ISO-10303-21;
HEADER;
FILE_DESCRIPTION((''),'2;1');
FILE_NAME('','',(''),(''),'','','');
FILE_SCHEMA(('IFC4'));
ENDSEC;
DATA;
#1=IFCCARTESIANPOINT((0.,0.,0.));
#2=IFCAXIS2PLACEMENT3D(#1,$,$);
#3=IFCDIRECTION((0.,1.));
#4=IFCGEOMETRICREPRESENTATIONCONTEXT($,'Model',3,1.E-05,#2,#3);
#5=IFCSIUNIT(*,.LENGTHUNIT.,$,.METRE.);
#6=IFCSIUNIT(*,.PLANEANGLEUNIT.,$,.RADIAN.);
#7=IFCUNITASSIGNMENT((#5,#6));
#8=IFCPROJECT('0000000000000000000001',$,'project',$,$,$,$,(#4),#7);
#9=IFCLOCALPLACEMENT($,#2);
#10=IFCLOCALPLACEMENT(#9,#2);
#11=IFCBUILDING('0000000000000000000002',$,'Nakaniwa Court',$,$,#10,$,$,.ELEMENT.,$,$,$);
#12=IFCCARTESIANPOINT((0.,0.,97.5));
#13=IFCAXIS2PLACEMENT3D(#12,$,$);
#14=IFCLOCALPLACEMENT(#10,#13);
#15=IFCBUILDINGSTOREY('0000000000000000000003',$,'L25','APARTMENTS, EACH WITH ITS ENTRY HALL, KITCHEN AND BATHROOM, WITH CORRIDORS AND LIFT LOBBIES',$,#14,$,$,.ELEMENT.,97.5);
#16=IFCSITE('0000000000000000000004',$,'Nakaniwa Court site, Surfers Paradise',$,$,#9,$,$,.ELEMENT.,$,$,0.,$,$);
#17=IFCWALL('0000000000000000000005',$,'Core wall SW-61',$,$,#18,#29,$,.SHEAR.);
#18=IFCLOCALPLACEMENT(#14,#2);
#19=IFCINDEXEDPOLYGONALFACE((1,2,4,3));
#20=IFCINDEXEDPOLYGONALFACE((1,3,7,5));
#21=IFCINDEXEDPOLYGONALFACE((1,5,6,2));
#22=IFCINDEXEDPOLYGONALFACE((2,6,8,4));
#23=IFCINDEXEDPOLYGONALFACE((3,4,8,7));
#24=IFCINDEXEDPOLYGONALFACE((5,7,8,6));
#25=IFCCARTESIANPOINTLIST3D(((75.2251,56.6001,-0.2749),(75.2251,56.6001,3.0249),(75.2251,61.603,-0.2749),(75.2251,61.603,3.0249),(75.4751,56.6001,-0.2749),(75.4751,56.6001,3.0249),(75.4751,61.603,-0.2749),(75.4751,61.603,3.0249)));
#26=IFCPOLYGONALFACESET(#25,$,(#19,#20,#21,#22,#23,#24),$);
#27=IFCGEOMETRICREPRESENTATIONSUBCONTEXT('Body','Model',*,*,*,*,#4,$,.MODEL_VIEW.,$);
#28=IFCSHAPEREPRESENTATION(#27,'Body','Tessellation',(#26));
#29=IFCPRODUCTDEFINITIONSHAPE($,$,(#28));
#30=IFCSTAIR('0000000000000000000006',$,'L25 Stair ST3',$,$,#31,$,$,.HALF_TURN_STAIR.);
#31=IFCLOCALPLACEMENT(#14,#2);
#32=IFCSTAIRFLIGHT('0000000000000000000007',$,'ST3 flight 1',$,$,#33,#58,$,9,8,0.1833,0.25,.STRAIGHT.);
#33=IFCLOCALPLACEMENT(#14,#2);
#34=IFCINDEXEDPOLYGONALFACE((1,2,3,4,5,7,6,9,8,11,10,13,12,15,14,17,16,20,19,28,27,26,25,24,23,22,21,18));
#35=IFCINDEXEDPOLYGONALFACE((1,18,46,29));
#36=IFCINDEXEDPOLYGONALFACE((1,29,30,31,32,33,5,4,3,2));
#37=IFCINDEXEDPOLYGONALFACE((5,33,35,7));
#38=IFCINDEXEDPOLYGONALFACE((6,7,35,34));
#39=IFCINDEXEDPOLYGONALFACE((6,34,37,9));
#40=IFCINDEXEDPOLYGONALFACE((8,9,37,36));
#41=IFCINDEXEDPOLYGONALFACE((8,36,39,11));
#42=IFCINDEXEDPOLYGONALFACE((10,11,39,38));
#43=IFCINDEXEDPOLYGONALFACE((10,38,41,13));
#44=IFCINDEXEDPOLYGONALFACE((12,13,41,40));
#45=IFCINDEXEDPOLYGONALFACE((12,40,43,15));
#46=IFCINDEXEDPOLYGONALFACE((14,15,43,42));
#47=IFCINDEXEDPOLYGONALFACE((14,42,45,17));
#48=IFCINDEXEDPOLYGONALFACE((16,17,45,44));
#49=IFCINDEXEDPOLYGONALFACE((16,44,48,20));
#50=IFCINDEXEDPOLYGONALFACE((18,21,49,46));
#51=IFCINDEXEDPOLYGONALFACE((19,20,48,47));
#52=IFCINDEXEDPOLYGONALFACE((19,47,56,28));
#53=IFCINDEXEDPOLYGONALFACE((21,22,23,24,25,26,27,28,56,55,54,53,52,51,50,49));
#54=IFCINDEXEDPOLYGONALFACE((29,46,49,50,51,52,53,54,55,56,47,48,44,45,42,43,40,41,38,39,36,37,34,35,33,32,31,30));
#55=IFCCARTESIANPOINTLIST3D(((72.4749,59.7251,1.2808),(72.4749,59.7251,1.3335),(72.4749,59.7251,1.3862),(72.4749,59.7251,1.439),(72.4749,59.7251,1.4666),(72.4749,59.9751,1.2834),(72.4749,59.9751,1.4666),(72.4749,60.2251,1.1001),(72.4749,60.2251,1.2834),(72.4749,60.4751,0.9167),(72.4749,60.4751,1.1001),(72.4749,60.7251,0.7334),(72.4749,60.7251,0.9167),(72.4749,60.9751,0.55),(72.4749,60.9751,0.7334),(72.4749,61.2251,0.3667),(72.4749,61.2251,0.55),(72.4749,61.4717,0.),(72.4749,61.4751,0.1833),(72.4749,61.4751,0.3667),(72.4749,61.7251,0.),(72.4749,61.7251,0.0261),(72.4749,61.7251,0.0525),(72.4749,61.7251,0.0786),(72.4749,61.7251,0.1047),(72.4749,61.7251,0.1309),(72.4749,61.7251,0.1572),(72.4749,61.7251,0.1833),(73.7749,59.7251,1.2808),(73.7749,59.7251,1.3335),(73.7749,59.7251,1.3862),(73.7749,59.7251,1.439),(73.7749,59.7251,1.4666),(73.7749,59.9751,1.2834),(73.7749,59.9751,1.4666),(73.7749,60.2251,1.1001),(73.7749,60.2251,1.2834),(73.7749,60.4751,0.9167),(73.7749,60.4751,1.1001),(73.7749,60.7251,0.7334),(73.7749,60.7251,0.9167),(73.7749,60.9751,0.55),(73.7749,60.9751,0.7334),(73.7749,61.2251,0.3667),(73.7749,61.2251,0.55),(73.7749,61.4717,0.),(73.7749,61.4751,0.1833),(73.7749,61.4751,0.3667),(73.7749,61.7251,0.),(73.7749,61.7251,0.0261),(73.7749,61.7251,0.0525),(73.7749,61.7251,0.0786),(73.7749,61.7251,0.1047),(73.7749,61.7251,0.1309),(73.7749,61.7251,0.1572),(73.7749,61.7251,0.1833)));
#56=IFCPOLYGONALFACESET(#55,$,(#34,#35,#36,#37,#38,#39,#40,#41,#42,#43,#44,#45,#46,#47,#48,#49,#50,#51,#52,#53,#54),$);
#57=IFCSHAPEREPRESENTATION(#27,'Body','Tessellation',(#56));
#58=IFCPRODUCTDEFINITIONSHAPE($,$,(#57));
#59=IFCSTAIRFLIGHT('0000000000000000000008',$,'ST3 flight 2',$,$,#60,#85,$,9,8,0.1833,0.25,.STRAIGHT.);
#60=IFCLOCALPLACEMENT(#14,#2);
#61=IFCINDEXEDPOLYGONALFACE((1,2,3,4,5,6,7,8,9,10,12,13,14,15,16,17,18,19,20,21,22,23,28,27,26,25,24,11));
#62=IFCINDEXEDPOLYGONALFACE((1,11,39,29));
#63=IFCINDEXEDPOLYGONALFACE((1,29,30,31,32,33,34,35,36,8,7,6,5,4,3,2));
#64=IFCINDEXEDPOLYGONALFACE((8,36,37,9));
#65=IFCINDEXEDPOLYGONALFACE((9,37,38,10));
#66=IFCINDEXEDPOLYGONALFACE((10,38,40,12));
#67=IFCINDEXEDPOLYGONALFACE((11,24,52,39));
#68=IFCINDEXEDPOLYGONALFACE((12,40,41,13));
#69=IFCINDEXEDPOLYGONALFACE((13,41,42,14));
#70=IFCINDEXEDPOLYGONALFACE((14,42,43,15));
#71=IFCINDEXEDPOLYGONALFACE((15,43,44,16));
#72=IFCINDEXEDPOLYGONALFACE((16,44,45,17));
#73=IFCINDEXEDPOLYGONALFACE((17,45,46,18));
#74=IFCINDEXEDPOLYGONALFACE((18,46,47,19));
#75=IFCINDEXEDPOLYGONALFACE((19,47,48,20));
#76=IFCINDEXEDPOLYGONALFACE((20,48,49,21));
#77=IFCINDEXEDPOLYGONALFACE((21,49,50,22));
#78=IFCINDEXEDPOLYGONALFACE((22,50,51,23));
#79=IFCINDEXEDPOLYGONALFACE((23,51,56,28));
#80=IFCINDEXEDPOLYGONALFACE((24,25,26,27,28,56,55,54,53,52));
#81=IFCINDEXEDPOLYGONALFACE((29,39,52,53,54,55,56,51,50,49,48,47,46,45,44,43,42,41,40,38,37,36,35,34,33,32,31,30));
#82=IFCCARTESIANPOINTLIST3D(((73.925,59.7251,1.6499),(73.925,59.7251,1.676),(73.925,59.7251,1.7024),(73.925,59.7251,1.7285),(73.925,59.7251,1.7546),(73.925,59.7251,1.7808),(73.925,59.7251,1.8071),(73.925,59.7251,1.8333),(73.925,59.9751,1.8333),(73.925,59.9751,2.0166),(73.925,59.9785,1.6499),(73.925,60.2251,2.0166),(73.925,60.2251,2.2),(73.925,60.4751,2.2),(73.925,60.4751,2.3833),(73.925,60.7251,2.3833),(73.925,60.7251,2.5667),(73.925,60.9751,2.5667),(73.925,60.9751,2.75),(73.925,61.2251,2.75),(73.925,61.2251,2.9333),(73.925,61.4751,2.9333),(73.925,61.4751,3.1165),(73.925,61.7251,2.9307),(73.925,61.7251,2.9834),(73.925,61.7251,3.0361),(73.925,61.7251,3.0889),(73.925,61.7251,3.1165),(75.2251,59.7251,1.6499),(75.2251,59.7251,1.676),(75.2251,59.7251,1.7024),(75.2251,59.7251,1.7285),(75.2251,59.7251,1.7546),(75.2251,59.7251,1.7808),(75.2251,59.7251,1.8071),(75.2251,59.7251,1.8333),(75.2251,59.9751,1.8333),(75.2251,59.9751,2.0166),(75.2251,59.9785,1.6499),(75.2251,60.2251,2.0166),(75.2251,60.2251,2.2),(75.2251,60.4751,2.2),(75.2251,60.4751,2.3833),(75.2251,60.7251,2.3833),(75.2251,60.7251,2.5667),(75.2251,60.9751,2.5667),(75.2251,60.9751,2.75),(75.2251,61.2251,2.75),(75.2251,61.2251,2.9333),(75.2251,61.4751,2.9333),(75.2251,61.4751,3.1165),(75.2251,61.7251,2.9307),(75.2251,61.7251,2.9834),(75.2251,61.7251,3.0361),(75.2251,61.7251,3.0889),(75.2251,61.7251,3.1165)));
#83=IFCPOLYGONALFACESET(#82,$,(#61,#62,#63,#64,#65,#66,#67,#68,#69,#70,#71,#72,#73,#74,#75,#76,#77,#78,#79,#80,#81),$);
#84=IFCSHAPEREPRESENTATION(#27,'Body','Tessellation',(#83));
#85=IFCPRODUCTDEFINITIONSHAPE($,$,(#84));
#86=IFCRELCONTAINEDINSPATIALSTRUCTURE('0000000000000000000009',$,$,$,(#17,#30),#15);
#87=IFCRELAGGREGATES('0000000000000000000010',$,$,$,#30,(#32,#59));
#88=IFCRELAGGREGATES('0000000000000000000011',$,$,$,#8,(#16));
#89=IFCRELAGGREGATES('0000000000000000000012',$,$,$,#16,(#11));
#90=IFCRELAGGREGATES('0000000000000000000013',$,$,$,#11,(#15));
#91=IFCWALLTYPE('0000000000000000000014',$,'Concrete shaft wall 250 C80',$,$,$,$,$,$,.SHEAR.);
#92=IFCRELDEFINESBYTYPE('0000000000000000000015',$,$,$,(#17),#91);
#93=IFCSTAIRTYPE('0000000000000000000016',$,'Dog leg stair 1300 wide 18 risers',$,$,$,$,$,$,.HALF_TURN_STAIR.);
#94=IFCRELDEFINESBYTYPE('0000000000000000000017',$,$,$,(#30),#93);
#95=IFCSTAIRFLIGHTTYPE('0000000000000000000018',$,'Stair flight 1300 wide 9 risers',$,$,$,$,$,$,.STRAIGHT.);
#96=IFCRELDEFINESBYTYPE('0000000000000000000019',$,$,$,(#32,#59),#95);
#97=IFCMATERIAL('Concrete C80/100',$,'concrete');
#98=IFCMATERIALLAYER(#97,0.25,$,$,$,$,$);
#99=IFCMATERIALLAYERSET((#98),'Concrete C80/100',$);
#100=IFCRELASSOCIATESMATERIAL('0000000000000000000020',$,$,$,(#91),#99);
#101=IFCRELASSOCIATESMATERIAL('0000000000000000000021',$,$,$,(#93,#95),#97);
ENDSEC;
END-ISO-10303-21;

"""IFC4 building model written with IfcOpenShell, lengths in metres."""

from ifc_helpers import new_model, si_unit, direction, frame, frame_2d, origin, place, context, subcontext, project, spatial, polyline, rectangle, outline, extrude, material, layer, layer_set, type_object, element, aggregate, save


model = new_model("IFC4")

# Units and contexts
model_context = context("Model", 3, precision=1e-05, world=origin(), true_north=direction((0.0, 1.0)))
body_context = subcontext(model_context, "Body", "Model", "MODEL_VIEW")
ifc_project = project(units=[si_unit("LENGTHUNIT", "METRE"), si_unit("PLANEANGLEUNIT", "RADIAN")], contexts=[model_context])

# Site, building, storey
site_placement = place(None, origin())
site = spatial("IfcSite", under=ifc_project, at=site_placement, Name="Nakaniwa Court site, Surfers Paradise", CompositionType="ELEMENT", RefElevation=0.0)
building_placement = place(site_placement, origin())
building = spatial("IfcBuilding", under=site, at=building_placement, Name="Nakaniwa Court", CompositionType="ELEMENT")
storey_placement = place(building_placement, frame((0.0, 0.0, 97.5)))
storey = spatial("IfcBuildingStorey", under=building, at=storey_placement, Name="L25", Description="APARTMENTS, EACH WITH ITS ENTRY HALL, KITCHEN AND BATHROOM, WITH CORRIDORS AND LIFT LOBBIES", CompositionType="ELEMENT", Elevation=97.5)

# Shared definitions
ifc_material_1 = material(Name="Concrete C80/100", Category="concrete")

# Wall
ifc_layer_1 = layer(ifc_material_1, 0.25)
ifc_layer_set_1 = layer_set([ifc_layer_1], Name="Concrete C80/100")
wall_type_1 = type_object("IfcWallType", Name="Concrete shaft wall 250 C80", PredefinedType="SHEAR", material=ifc_layer_set_1)
wall_1_placement = place(storey_placement, frame((75.3501, 56.6001, -0.2749), z_axis=(0.0, 0.0, 1.0), x_axis=(0.0, 1.0, 0.0)))
element("IfcWall", 1, at=wall_1_placement, inside=storey, type_object=wall_type_1, Name="Core wall SW-61", PredefinedType="SHEAR", context=body_context, shape_type="SweptSolid", body=[
    extrude(rectangle(XDim=5.0029, YDim=0.25, at=frame_2d((2.5015, 0.0))), origin(), (0.0, 0.0, 1.0), 3.2998),
])

# Stair, stair flights
stair_type = type_object("IfcStairType", Name="Dog leg stair 1300 wide 18 risers", PredefinedType="HALF_TURN_STAIR", material=ifc_material_1)
stair_placement = place(storey_placement, origin())
stair = element("IfcStair", 2, at=stair_placement, inside=storey, type_object=stair_type, Name="L25 Stair ST3", PredefinedType="HALF_TURN_STAIR")
stair_flight_type = type_object("IfcStairFlightType", Name="Stair flight 1300 wide 9 risers", PredefinedType="STRAIGHT", material=ifc_material_1)
stair_flight_1_placement = place(storey_placement, frame((73.125, 61.7251, 0.0), z_axis=(0.0, 0.0, 1.0), x_axis=(0.0, -1.0, 0.0)))
stair_flight_1 = element("IfcStairFlight", 3, at=stair_flight_1_placement, type_object=stair_flight_type, Name="ST3 flight 1", NumberOfRisers=9, NumberOfTreads=8, PredefinedType="STRAIGHT", RiserHeight=0.1833, TreadLength=0.25, context=body_context, shape_type="SweptSolid", body=[
    extrude(outline(polyline([(0.0, 0.0), (0.0, 0.0261), (0.0, 0.0525), (0.0, 0.0786), (0.0, 0.1047), (0.0, 0.1309), (0.0, 0.1572), (0.0, 0.1833), (0.25, 0.1833), (0.25, 0.3667), (0.5, 0.3667), (0.5, 0.55), (0.75, 0.55), (0.75, 0.7334), (1.0, 0.7334), (1.0, 0.9167), (1.25, 0.9167), (1.25, 1.1001), (1.5, 1.1001), (1.5, 1.2834), (1.75, 1.2834), (1.75, 1.4666), (2.0, 1.4666), (2.0, 1.6499), (2.0, 1.5972), (2.0, 1.5444), (2.0, 1.4917), (2.0, 1.439), (2.0, 1.3862), (2.0, 1.3335), (2.0, 1.2808), (0.2534, 0.0), (0.0, 0.0)])), frame((0.0, 0.6499, 0.0), z_axis=(0.0, -1.0, 0.0), x_axis=(1.0, 0.0, 0.0)), (0.0, 0.0, 1.0), 1.3),
])
stair_flight_2_placement = place(storey_placement, frame((74.575, 59.7251, 1.6499), z_axis=(0.0, 0.0, 1.0), x_axis=(0.0, 1.0, 0.0)))
stair_flight_2 = element("IfcStairFlight", 4, at=stair_flight_2_placement, type_object=stair_flight_type, Name="ST3 flight 2", NumberOfRisers=9, NumberOfTreads=8, PredefinedType="STRAIGHT", RiserHeight=0.1833, TreadLength=0.25, context=body_context, shape_type="SweptSolid", body=[
    extrude(outline(polyline([(0.0, 0.0), (0.0, 0.0261), (0.0, 0.0525), (0.0, 0.0786), (0.0, 0.1047), (0.0, 0.1309), (0.0, 0.1572), (0.0, 0.1833), (0.25, 0.1833), (0.25, 0.3667), (0.5, 0.3667), (0.5, 0.55), (0.75, 0.55), (0.75, 0.7334), (1.0, 0.7334), (1.0, 0.9167), (1.25, 0.9167), (1.25, 1.1001), (1.5, 1.1001), (1.5, 1.2834), (1.75, 1.2834), (1.75, 1.4666), (2.0, 1.4666), (2.0, 1.6499), (2.0, 1.5972), (2.0, 1.5444), (2.0, 1.4917), (2.0, 1.439), (2.0, 1.3862), (2.0, 1.3335), (2.0, 1.2808), (0.2534, 0.0), (0.0, 0.0)])), frame((0.0, 0.6499, 0.0), z_axis=(0.0, -1.0, 0.0), x_axis=(1.0, 0.0, 0.0)), (0.0, 0.0, 1.0), 1.3),
])
aggregate(stair, [stair_flight_1, stair_flight_2])

save(model, "model.ifc")
